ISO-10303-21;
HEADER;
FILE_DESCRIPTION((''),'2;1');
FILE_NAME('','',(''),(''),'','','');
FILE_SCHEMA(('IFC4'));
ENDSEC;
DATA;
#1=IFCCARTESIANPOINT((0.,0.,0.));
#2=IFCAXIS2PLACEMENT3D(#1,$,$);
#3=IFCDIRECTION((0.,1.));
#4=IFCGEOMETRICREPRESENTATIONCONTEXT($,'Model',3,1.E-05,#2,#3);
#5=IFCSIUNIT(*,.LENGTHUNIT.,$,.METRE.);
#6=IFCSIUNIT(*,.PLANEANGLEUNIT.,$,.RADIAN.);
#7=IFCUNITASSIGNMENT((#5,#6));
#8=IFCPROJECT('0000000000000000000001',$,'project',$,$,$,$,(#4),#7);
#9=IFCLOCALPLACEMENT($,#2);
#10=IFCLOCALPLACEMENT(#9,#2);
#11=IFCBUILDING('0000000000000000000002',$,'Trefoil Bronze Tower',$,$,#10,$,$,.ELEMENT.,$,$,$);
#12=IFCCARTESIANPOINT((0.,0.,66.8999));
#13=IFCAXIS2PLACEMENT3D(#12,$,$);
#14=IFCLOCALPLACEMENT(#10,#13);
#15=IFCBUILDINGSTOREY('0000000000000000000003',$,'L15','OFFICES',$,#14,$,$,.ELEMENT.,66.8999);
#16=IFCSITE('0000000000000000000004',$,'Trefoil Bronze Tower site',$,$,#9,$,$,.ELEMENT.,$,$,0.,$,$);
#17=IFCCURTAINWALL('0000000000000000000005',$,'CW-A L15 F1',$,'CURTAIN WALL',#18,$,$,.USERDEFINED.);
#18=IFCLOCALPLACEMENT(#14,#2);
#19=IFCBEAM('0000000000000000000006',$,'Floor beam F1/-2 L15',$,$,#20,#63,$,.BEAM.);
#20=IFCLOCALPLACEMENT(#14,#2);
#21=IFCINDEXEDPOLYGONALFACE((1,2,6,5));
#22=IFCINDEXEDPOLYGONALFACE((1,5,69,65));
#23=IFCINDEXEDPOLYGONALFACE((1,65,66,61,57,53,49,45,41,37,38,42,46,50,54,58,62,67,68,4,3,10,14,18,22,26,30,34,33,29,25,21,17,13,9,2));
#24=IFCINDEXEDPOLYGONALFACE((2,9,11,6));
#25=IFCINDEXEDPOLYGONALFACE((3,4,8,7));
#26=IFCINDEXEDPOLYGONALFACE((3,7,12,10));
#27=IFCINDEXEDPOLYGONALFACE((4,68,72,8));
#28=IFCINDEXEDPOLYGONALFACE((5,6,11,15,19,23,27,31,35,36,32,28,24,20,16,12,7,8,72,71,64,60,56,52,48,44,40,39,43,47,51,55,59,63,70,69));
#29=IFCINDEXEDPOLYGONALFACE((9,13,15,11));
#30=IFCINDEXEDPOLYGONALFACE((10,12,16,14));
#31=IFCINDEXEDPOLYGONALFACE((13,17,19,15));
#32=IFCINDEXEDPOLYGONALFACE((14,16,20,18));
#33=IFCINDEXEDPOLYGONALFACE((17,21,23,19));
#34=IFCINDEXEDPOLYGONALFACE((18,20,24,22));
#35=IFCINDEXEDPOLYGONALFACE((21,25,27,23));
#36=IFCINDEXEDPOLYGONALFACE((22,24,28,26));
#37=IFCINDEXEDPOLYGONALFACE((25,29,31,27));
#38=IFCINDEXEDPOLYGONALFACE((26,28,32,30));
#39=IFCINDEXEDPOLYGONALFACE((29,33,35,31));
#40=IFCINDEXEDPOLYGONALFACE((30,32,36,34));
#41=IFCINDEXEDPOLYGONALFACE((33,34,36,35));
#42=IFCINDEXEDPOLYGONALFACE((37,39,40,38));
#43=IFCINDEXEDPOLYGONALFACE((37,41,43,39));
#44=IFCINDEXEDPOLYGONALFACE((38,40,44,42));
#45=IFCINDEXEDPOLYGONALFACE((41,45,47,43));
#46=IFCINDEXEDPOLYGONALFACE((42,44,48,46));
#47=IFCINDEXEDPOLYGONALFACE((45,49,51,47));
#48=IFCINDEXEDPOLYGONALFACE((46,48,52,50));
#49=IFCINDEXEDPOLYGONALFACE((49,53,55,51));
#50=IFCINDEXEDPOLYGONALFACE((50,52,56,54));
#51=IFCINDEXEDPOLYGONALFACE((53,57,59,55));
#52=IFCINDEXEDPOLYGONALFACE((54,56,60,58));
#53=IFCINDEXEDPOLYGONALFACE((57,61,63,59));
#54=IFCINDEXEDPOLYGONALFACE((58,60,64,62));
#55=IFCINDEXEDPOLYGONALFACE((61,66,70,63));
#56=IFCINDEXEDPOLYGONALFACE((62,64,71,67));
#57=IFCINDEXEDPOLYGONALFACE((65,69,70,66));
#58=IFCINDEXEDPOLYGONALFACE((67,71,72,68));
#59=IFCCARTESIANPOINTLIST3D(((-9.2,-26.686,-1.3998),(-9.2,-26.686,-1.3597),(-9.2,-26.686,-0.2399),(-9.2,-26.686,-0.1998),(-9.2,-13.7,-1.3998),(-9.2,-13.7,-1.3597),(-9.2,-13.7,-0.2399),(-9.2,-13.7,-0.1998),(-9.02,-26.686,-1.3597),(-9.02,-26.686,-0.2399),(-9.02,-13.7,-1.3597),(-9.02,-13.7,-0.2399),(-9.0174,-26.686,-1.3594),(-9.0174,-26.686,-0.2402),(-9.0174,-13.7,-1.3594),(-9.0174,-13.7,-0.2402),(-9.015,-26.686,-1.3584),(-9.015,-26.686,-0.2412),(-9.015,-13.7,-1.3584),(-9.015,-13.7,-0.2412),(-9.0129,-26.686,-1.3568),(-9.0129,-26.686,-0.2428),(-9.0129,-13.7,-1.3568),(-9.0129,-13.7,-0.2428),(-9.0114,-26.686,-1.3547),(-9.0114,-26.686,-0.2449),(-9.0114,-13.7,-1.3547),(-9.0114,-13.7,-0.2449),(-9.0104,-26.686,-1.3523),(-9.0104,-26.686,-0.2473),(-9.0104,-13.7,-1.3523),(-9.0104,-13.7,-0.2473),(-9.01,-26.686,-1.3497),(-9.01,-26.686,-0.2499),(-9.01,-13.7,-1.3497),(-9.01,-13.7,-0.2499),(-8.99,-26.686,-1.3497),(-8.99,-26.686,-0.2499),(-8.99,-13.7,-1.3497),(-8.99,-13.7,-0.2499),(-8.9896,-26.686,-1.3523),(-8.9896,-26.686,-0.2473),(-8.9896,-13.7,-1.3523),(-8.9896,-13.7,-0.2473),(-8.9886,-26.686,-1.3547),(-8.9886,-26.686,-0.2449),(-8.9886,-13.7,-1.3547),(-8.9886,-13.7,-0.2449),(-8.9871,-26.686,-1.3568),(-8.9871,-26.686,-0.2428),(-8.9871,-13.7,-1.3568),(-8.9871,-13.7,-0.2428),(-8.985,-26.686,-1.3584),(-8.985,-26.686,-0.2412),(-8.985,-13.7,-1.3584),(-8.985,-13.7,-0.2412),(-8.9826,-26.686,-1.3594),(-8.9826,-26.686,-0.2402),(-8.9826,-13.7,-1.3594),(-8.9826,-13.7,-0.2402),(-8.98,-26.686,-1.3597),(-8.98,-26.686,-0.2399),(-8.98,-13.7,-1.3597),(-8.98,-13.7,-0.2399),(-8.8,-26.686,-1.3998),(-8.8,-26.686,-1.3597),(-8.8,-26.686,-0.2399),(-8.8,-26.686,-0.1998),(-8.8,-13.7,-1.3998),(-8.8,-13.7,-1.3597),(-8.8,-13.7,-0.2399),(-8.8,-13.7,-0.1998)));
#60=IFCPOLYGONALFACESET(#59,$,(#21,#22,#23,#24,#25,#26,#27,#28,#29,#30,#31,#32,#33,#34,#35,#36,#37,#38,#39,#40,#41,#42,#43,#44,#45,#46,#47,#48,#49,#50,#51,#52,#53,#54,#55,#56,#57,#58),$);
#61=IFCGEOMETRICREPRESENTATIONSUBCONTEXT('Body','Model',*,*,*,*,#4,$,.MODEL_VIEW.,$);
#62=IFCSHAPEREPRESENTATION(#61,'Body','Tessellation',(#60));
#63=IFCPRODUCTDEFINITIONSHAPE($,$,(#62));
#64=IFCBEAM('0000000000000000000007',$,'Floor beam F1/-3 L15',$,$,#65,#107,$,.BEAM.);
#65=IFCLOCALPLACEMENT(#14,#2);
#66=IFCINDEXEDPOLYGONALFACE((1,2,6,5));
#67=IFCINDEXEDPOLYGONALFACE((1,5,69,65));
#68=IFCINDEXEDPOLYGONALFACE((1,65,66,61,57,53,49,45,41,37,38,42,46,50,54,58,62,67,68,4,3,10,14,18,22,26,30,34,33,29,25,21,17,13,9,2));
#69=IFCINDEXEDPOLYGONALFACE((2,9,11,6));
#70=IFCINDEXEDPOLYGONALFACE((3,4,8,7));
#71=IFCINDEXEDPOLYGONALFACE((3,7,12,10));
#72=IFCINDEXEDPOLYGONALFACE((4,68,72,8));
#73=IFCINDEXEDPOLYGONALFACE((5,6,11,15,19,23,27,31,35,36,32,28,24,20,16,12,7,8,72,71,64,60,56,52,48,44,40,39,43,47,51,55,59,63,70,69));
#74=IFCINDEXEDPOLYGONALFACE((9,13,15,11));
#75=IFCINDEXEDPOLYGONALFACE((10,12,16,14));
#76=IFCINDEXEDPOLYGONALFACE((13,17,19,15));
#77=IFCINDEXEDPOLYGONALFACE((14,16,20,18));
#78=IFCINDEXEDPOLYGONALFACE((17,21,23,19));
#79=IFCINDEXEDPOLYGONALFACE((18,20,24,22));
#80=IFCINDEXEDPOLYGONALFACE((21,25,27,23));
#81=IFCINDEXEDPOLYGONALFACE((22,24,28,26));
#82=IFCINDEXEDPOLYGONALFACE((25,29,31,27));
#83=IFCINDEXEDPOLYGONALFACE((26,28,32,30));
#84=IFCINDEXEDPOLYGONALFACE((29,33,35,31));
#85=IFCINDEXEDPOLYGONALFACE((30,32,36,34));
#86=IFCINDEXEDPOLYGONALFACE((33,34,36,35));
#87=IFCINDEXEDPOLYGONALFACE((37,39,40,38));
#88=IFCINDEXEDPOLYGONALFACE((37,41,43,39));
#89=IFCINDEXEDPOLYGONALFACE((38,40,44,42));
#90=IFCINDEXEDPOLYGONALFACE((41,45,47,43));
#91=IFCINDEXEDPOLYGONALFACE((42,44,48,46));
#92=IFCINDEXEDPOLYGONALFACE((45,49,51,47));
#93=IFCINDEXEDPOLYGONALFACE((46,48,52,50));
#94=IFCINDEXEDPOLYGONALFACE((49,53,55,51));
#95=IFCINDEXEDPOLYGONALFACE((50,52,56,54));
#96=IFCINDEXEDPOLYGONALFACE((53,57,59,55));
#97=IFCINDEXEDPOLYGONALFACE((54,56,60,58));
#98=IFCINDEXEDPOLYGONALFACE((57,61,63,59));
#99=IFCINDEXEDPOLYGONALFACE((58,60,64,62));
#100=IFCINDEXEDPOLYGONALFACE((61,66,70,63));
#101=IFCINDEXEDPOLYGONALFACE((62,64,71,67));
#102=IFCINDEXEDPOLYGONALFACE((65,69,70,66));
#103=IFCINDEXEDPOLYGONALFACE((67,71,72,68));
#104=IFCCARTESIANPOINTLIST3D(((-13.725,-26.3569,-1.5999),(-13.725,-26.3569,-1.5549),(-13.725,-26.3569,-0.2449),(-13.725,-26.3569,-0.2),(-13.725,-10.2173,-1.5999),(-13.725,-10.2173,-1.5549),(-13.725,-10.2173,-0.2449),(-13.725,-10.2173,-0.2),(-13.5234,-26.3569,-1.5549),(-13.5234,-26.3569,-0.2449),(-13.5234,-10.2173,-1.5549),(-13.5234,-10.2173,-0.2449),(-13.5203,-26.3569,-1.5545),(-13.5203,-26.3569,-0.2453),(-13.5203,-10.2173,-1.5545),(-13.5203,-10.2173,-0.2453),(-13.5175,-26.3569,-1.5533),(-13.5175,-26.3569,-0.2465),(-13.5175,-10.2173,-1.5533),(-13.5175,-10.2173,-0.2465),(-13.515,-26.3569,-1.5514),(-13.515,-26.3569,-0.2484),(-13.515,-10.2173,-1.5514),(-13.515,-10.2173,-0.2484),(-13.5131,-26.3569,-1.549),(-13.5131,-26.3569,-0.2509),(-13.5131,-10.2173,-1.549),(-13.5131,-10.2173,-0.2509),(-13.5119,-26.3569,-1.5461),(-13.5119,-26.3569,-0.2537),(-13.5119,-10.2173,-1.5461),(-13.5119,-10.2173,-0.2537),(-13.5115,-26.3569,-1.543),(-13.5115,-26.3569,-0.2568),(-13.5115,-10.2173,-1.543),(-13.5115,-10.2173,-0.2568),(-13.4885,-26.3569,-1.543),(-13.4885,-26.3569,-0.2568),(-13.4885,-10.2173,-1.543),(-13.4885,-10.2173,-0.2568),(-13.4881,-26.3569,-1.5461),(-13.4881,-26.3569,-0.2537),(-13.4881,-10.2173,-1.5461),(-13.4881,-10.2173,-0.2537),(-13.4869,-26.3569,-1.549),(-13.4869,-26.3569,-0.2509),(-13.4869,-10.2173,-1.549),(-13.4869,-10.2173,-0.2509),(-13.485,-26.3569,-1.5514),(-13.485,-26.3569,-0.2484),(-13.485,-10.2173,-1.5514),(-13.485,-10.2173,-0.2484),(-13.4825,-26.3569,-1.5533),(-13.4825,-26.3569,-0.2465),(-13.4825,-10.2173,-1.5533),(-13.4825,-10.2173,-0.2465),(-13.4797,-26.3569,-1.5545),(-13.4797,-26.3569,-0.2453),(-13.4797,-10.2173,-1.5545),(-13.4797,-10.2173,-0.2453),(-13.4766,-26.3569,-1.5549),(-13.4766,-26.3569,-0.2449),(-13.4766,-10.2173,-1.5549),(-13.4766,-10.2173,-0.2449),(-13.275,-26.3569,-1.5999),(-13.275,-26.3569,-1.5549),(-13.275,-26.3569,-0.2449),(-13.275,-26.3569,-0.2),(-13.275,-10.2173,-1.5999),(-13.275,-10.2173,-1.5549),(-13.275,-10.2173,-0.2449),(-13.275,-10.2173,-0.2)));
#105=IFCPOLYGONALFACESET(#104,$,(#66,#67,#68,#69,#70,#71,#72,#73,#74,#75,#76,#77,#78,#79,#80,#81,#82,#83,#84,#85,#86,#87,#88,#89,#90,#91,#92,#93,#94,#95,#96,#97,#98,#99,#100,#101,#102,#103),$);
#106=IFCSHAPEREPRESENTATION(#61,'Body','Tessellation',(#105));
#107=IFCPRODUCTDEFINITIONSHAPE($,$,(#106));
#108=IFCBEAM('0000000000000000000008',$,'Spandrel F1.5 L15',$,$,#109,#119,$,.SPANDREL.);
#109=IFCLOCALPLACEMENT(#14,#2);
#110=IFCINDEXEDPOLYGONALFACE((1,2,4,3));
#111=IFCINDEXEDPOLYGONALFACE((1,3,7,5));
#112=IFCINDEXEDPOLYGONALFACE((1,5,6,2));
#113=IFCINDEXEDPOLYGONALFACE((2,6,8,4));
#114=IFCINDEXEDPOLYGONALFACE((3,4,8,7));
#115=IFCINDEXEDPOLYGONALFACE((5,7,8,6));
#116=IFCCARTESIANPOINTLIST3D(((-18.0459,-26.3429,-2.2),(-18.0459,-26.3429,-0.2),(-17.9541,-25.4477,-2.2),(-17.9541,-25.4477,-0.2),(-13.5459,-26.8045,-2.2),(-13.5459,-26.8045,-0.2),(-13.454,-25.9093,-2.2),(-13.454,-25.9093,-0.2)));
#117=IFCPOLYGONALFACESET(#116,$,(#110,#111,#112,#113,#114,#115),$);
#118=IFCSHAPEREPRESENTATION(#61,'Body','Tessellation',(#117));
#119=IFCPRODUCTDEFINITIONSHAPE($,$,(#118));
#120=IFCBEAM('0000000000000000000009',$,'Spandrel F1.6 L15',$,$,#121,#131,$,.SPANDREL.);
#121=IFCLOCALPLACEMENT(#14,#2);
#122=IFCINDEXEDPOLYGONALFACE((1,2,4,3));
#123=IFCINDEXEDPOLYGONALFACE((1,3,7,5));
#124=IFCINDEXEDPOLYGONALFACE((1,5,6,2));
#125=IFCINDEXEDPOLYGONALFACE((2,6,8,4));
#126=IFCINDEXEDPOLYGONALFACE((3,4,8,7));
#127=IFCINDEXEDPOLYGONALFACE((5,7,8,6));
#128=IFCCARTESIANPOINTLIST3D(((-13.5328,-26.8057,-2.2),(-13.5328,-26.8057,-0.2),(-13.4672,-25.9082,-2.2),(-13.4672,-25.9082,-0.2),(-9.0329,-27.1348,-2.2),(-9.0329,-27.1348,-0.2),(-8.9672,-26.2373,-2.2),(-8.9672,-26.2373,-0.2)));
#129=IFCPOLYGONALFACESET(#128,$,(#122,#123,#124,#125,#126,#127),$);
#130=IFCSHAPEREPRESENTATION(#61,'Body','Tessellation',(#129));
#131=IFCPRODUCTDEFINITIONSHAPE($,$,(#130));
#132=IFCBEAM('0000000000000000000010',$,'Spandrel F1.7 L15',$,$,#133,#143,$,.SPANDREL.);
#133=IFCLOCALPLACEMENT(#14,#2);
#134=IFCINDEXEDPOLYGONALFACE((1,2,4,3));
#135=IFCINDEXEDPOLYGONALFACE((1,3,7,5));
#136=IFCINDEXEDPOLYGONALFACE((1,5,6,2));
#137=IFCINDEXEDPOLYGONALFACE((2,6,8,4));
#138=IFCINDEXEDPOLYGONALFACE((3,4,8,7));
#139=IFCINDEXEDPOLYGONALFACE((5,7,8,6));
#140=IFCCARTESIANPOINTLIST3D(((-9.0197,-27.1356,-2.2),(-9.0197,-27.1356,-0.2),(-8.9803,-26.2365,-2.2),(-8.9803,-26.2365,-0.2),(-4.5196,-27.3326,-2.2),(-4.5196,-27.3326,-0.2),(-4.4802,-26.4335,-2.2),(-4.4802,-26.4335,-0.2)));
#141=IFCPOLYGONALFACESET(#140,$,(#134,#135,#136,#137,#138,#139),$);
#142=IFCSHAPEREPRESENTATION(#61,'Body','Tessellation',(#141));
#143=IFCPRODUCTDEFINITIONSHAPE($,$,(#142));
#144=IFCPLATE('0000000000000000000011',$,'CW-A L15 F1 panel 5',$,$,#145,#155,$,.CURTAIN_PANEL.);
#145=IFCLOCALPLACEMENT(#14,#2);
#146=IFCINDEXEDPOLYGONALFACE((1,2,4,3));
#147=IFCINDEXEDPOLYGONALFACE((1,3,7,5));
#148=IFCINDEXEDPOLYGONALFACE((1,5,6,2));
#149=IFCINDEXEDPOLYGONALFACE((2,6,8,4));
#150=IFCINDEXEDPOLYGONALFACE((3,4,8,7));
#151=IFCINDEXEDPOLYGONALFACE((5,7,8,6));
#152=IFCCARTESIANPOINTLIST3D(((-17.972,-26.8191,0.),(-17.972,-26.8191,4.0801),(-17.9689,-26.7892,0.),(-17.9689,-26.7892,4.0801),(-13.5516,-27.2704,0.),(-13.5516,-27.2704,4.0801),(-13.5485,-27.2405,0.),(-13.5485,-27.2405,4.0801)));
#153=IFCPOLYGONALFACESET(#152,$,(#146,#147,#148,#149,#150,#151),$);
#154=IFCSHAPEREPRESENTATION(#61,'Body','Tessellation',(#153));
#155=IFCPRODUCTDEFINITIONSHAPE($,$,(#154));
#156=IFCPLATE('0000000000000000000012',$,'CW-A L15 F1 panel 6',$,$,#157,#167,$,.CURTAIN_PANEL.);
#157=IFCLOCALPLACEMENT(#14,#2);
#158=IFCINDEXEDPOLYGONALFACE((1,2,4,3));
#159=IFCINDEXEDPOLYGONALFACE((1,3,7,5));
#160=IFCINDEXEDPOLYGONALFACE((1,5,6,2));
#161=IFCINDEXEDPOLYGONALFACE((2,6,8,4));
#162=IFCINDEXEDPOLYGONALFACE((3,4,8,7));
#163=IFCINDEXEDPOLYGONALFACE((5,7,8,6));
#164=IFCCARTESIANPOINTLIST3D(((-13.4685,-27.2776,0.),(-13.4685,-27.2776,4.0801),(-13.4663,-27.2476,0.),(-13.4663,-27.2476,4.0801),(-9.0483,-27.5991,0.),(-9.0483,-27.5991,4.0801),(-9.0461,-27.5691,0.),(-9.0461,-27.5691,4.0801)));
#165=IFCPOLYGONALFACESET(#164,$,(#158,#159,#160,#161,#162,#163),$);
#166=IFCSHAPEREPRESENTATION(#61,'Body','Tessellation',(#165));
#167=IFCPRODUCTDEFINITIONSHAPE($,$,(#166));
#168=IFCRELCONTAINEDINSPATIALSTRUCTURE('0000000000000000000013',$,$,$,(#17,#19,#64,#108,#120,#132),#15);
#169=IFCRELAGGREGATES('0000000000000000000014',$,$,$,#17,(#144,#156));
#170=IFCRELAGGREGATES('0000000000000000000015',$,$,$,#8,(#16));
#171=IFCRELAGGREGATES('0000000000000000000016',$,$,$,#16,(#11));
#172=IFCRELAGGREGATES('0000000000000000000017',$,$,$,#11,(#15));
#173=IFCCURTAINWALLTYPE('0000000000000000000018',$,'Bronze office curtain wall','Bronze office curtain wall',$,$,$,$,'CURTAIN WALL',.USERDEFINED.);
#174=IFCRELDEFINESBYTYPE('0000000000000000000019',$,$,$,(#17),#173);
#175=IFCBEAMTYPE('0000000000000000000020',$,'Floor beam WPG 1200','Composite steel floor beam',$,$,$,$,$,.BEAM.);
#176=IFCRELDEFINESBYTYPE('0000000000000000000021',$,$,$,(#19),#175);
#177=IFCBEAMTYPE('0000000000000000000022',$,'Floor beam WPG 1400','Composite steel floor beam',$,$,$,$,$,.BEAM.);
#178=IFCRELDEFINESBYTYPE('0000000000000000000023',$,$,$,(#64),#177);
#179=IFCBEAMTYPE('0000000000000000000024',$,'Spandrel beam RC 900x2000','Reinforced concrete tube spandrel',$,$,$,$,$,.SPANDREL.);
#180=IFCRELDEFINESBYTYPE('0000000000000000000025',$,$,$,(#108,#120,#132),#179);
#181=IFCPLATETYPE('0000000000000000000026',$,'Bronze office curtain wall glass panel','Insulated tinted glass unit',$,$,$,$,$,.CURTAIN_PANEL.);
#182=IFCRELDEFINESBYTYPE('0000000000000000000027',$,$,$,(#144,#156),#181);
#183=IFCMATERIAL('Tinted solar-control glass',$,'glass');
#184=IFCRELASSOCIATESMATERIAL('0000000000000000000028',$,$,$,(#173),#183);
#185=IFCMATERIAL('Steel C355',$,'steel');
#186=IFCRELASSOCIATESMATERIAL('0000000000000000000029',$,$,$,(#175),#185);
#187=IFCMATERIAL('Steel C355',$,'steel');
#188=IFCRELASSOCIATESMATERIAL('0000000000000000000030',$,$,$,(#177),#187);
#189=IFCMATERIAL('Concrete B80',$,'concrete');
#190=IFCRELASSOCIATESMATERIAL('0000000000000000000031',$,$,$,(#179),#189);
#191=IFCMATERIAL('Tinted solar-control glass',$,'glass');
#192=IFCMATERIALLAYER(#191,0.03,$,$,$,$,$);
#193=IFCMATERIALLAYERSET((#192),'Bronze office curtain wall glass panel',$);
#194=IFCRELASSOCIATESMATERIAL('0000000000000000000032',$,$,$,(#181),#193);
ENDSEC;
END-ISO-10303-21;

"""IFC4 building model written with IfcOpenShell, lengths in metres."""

from ifc_helpers import new_model, si_unit, direction, frame, origin, origin_2d, place, context, subcontext, project, spatial, rectangle, i_section, extrude, material, layer, layer_set, material_profile, profile_set, type_object, element, aggregate, save


model = new_model("IFC4")

# Units and contexts
model_context = context("Model", 3, precision=1e-05, world=origin(), true_north=direction((0.0, 1.0)))
body_context = subcontext(model_context, "Body", "Model", "MODEL_VIEW")
ifc_project = project(units=[si_unit("LENGTHUNIT", "METRE"), si_unit("PLANEANGLEUNIT", "RADIAN")], contexts=[model_context])

# Site, building, storey
site_placement = place(None, origin())
site = spatial("IfcSite", under=ifc_project, at=site_placement, Name="Trefoil Bronze Tower site", CompositionType="ELEMENT", RefElevation=0.0)
building_placement = place(site_placement, origin())
building = spatial("IfcBuilding", under=site, at=building_placement, Name="Trefoil Bronze Tower", CompositionType="ELEMENT")
storey_placement = place(building_placement, frame((0.0, 0.0, 66.8999)))
storey = spatial("IfcBuildingStorey", under=building, at=storey_placement, Name="L15", Description="OFFICES", CompositionType="ELEMENT", Elevation=66.8999)

# Curtain wall
ifc_material_1 = material(Name="Tinted solar-control glass", Category="glass")
curtain_wall_type = type_object("IfcCurtainWallType", Name="Bronze office curtain wall", Description="Bronze office curtain wall", ElementType="CURTAIN WALL", PredefinedType="USERDEFINED", material=ifc_material_1)
curtain_wall_placement = place(storey_placement, origin())
curtain_wall = element("IfcCurtainWall", 1, at=curtain_wall_placement, inside=storey, type_object=curtain_wall_type, Name="CW-A L15 F1", ObjectType="CURTAIN WALL", PredefinedType="USERDEFINED")

# Beams
ifc_material_2 = material(Name="Steel C355", Category="steel")
ifc_material_profile_1 = material_profile(ifc_material_2, i_section(OverallWidth=0.3999, OverallDepth=1.2, WebThickness=0.02, FlangeThickness=0.04, FilletRadius=0.01, at=origin_2d()), Name="WPG 1200")
ifc_profile_set_1 = profile_set([ifc_material_profile_1], Name="Steel C355")
beam_type_1 = type_object("IfcBeamType", Name="Floor beam WPG 1200", Description="Composite steel floor beam", PredefinedType="BEAM", material=ifc_profile_set_1)
beam_1_placement = place(storey_placement, frame((-9.0, -26.686, -0.7998), z_axis=(0.0, 1.0, 0.0), x_axis=(-1.0, 0.0, 0.0)))
element("IfcBeam", 2, at=beam_1_placement, inside=storey, type_object=beam_type_1, Name="Floor beam F1/-2 L15", PredefinedType="BEAM", context=body_context, shape_type="SweptSolid", body=[
    extrude(i_section(OverallWidth=0.3999, OverallDepth=1.2, WebThickness=0.02, FlangeThickness=0.04, FilletRadius=0.01, at=origin_2d()), origin(), (0.0, 0.0, 1.0), 12.9861),
])
ifc_material_3 = material(Name="Steel C355", Category="steel")
ifc_material_profile_2 = material_profile(ifc_material_3, i_section(OverallWidth=0.45, OverallDepth=1.3999, WebThickness=0.0229, FlangeThickness=0.0449, FilletRadius=0.012, at=origin_2d()), Name="WPG 1400")
ifc_profile_set_2 = profile_set([ifc_material_profile_2], Name="Steel C355")
beam_type_2 = type_object("IfcBeamType", Name="Floor beam WPG 1400", Description="Composite steel floor beam", PredefinedType="BEAM", material=ifc_profile_set_2)
beam_2_placement = place(storey_placement, frame((-13.5, -26.3569, -0.8999), z_axis=(0.0, 1.0, 0.0), x_axis=(-1.0, 0.0, 0.0)))
element("IfcBeam", 3, at=beam_2_placement, inside=storey, type_object=beam_type_2, Name="Floor beam F1/-3 L15", PredefinedType="BEAM", context=body_context, shape_type="SweptSolid", body=[
    extrude(i_section(OverallWidth=0.45, OverallDepth=1.3999, WebThickness=0.0229, FlangeThickness=0.0449, FilletRadius=0.012, at=origin_2d()), origin(), (0.0, 0.0, 1.0), 16.1396),
])
ifc_material_4 = material(Name="Concrete B80", Category="concrete")
ifc_material_profile_3 = material_profile(ifc_material_4, rectangle(XDim=0.8999, YDim=2.0, at=origin_2d()), Name="RC 900x2000")
ifc_profile_set_3 = profile_set([ifc_material_profile_3], Name="Concrete B80")
beam_type_3 = type_object("IfcBeamType", Name="Spandrel beam RC 900x2000", Description="Reinforced concrete tube spandrel", PredefinedType="SPANDREL", material=ifc_profile_set_3)
beam_3_placement = place(storey_placement, frame((-18.0, -25.8953, -1.2), z_axis=(0.994778, -0.102058, 0.0), x_axis=(0.102058, 0.994778, 0.0)))
element("IfcBeam", 4, at=beam_3_placement, inside=storey, type_object=beam_type_3, Name="Spandrel F1.5 L15", PredefinedType="SPANDREL", context=body_context, shape_type="SweptSolid", body=[
    extrude(rectangle(XDim=0.8999, YDim=2.0, at=origin_2d()), origin(), (0.0, 0.0, 1.0), 4.5237),
])
beam_4_placement = place(storey_placement, frame((-13.5, -26.3569, -1.2), z_axis=(0.997336, -0.072939, 0.0), x_axis=(0.072939, 0.997336, 0.0)))
element("IfcBeam", 5, at=beam_4_placement, inside=storey, type_object=beam_type_3, Name="Spandrel F1.6 L15", PredefinedType="SPANDREL", context=body_context, shape_type="SweptSolid", body=[
    extrude(rectangle(XDim=0.8999, YDim=2.0, at=origin_2d()), origin(), (0.0, 0.0, 1.0), 4.512),
])
beam_5_placement = place(storey_placement, frame((-9.0, -26.686, -1.2), z_axis=(0.999043, -0.043741, 0.0), x_axis=(0.043741, 0.999043, 0.0)))
element("IfcBeam", 6, at=beam_5_placement, inside=storey, type_object=beam_type_3, Name="Spandrel F1.7 L15", PredefinedType="SPANDREL", context=body_context, shape_type="SweptSolid", body=[
    extrude(rectangle(XDim=0.8999, YDim=2.0, at=origin_2d()), origin(), (0.0, 0.0, 1.0), 4.5044),
])

# Plates
ifc_material_5 = material(Name="Tinted solar-control glass", Category="glass")
ifc_layer_1 = layer(ifc_material_5, 0.03)
ifc_layer_set_1 = layer_set([ifc_layer_1], Name="Bronze office curtain wall glass panel")
plate_type = type_object("IfcPlateType", Name="Bronze office curtain wall glass panel", Description="Insulated tinted glass unit", PredefinedType="CURTAIN_PANEL", material=ifc_layer_set_1)
plate_1_placement = place(storey_placement, frame((-15.7603, -27.0298, 0.0), z_axis=(0.0, 0.0, 1.0), x_axis=(0.994829, -0.101565, 0.0)))
plate_1 = element("IfcPlate", 7, at=plate_1_placement, type_object=plate_type, Name="CW-A L15 F1 panel 5", PredefinedType="CURTAIN_PANEL", context=body_context, shape_type="SweptSolid", body=[
    extrude(rectangle(XDim=4.4434, YDim=0.03, at=origin_2d()), origin(), (0.0, 0.0, 1.0), 4.0801),
])
plate_2_placement = place(storey_placement, frame((-11.2573, -27.4233, 0.0), z_axis=(0.0, 0.0, 1.0), x_axis=(0.997365, -0.072547, 0.0)))
plate_2 = element("IfcPlate", 8, at=plate_2_placement, type_object=plate_type, Name="CW-A L15 F1 panel 6", PredefinedType="CURTAIN_PANEL", context=body_context, shape_type="SweptSolid", body=[
    extrude(rectangle(XDim=4.4319, YDim=0.03, at=origin_2d()), origin(), (0.0, 0.0, 1.0), 4.0801),
])
aggregate(curtain_wall, [plate_1, plate_2])

save(model, "model.ifc")
